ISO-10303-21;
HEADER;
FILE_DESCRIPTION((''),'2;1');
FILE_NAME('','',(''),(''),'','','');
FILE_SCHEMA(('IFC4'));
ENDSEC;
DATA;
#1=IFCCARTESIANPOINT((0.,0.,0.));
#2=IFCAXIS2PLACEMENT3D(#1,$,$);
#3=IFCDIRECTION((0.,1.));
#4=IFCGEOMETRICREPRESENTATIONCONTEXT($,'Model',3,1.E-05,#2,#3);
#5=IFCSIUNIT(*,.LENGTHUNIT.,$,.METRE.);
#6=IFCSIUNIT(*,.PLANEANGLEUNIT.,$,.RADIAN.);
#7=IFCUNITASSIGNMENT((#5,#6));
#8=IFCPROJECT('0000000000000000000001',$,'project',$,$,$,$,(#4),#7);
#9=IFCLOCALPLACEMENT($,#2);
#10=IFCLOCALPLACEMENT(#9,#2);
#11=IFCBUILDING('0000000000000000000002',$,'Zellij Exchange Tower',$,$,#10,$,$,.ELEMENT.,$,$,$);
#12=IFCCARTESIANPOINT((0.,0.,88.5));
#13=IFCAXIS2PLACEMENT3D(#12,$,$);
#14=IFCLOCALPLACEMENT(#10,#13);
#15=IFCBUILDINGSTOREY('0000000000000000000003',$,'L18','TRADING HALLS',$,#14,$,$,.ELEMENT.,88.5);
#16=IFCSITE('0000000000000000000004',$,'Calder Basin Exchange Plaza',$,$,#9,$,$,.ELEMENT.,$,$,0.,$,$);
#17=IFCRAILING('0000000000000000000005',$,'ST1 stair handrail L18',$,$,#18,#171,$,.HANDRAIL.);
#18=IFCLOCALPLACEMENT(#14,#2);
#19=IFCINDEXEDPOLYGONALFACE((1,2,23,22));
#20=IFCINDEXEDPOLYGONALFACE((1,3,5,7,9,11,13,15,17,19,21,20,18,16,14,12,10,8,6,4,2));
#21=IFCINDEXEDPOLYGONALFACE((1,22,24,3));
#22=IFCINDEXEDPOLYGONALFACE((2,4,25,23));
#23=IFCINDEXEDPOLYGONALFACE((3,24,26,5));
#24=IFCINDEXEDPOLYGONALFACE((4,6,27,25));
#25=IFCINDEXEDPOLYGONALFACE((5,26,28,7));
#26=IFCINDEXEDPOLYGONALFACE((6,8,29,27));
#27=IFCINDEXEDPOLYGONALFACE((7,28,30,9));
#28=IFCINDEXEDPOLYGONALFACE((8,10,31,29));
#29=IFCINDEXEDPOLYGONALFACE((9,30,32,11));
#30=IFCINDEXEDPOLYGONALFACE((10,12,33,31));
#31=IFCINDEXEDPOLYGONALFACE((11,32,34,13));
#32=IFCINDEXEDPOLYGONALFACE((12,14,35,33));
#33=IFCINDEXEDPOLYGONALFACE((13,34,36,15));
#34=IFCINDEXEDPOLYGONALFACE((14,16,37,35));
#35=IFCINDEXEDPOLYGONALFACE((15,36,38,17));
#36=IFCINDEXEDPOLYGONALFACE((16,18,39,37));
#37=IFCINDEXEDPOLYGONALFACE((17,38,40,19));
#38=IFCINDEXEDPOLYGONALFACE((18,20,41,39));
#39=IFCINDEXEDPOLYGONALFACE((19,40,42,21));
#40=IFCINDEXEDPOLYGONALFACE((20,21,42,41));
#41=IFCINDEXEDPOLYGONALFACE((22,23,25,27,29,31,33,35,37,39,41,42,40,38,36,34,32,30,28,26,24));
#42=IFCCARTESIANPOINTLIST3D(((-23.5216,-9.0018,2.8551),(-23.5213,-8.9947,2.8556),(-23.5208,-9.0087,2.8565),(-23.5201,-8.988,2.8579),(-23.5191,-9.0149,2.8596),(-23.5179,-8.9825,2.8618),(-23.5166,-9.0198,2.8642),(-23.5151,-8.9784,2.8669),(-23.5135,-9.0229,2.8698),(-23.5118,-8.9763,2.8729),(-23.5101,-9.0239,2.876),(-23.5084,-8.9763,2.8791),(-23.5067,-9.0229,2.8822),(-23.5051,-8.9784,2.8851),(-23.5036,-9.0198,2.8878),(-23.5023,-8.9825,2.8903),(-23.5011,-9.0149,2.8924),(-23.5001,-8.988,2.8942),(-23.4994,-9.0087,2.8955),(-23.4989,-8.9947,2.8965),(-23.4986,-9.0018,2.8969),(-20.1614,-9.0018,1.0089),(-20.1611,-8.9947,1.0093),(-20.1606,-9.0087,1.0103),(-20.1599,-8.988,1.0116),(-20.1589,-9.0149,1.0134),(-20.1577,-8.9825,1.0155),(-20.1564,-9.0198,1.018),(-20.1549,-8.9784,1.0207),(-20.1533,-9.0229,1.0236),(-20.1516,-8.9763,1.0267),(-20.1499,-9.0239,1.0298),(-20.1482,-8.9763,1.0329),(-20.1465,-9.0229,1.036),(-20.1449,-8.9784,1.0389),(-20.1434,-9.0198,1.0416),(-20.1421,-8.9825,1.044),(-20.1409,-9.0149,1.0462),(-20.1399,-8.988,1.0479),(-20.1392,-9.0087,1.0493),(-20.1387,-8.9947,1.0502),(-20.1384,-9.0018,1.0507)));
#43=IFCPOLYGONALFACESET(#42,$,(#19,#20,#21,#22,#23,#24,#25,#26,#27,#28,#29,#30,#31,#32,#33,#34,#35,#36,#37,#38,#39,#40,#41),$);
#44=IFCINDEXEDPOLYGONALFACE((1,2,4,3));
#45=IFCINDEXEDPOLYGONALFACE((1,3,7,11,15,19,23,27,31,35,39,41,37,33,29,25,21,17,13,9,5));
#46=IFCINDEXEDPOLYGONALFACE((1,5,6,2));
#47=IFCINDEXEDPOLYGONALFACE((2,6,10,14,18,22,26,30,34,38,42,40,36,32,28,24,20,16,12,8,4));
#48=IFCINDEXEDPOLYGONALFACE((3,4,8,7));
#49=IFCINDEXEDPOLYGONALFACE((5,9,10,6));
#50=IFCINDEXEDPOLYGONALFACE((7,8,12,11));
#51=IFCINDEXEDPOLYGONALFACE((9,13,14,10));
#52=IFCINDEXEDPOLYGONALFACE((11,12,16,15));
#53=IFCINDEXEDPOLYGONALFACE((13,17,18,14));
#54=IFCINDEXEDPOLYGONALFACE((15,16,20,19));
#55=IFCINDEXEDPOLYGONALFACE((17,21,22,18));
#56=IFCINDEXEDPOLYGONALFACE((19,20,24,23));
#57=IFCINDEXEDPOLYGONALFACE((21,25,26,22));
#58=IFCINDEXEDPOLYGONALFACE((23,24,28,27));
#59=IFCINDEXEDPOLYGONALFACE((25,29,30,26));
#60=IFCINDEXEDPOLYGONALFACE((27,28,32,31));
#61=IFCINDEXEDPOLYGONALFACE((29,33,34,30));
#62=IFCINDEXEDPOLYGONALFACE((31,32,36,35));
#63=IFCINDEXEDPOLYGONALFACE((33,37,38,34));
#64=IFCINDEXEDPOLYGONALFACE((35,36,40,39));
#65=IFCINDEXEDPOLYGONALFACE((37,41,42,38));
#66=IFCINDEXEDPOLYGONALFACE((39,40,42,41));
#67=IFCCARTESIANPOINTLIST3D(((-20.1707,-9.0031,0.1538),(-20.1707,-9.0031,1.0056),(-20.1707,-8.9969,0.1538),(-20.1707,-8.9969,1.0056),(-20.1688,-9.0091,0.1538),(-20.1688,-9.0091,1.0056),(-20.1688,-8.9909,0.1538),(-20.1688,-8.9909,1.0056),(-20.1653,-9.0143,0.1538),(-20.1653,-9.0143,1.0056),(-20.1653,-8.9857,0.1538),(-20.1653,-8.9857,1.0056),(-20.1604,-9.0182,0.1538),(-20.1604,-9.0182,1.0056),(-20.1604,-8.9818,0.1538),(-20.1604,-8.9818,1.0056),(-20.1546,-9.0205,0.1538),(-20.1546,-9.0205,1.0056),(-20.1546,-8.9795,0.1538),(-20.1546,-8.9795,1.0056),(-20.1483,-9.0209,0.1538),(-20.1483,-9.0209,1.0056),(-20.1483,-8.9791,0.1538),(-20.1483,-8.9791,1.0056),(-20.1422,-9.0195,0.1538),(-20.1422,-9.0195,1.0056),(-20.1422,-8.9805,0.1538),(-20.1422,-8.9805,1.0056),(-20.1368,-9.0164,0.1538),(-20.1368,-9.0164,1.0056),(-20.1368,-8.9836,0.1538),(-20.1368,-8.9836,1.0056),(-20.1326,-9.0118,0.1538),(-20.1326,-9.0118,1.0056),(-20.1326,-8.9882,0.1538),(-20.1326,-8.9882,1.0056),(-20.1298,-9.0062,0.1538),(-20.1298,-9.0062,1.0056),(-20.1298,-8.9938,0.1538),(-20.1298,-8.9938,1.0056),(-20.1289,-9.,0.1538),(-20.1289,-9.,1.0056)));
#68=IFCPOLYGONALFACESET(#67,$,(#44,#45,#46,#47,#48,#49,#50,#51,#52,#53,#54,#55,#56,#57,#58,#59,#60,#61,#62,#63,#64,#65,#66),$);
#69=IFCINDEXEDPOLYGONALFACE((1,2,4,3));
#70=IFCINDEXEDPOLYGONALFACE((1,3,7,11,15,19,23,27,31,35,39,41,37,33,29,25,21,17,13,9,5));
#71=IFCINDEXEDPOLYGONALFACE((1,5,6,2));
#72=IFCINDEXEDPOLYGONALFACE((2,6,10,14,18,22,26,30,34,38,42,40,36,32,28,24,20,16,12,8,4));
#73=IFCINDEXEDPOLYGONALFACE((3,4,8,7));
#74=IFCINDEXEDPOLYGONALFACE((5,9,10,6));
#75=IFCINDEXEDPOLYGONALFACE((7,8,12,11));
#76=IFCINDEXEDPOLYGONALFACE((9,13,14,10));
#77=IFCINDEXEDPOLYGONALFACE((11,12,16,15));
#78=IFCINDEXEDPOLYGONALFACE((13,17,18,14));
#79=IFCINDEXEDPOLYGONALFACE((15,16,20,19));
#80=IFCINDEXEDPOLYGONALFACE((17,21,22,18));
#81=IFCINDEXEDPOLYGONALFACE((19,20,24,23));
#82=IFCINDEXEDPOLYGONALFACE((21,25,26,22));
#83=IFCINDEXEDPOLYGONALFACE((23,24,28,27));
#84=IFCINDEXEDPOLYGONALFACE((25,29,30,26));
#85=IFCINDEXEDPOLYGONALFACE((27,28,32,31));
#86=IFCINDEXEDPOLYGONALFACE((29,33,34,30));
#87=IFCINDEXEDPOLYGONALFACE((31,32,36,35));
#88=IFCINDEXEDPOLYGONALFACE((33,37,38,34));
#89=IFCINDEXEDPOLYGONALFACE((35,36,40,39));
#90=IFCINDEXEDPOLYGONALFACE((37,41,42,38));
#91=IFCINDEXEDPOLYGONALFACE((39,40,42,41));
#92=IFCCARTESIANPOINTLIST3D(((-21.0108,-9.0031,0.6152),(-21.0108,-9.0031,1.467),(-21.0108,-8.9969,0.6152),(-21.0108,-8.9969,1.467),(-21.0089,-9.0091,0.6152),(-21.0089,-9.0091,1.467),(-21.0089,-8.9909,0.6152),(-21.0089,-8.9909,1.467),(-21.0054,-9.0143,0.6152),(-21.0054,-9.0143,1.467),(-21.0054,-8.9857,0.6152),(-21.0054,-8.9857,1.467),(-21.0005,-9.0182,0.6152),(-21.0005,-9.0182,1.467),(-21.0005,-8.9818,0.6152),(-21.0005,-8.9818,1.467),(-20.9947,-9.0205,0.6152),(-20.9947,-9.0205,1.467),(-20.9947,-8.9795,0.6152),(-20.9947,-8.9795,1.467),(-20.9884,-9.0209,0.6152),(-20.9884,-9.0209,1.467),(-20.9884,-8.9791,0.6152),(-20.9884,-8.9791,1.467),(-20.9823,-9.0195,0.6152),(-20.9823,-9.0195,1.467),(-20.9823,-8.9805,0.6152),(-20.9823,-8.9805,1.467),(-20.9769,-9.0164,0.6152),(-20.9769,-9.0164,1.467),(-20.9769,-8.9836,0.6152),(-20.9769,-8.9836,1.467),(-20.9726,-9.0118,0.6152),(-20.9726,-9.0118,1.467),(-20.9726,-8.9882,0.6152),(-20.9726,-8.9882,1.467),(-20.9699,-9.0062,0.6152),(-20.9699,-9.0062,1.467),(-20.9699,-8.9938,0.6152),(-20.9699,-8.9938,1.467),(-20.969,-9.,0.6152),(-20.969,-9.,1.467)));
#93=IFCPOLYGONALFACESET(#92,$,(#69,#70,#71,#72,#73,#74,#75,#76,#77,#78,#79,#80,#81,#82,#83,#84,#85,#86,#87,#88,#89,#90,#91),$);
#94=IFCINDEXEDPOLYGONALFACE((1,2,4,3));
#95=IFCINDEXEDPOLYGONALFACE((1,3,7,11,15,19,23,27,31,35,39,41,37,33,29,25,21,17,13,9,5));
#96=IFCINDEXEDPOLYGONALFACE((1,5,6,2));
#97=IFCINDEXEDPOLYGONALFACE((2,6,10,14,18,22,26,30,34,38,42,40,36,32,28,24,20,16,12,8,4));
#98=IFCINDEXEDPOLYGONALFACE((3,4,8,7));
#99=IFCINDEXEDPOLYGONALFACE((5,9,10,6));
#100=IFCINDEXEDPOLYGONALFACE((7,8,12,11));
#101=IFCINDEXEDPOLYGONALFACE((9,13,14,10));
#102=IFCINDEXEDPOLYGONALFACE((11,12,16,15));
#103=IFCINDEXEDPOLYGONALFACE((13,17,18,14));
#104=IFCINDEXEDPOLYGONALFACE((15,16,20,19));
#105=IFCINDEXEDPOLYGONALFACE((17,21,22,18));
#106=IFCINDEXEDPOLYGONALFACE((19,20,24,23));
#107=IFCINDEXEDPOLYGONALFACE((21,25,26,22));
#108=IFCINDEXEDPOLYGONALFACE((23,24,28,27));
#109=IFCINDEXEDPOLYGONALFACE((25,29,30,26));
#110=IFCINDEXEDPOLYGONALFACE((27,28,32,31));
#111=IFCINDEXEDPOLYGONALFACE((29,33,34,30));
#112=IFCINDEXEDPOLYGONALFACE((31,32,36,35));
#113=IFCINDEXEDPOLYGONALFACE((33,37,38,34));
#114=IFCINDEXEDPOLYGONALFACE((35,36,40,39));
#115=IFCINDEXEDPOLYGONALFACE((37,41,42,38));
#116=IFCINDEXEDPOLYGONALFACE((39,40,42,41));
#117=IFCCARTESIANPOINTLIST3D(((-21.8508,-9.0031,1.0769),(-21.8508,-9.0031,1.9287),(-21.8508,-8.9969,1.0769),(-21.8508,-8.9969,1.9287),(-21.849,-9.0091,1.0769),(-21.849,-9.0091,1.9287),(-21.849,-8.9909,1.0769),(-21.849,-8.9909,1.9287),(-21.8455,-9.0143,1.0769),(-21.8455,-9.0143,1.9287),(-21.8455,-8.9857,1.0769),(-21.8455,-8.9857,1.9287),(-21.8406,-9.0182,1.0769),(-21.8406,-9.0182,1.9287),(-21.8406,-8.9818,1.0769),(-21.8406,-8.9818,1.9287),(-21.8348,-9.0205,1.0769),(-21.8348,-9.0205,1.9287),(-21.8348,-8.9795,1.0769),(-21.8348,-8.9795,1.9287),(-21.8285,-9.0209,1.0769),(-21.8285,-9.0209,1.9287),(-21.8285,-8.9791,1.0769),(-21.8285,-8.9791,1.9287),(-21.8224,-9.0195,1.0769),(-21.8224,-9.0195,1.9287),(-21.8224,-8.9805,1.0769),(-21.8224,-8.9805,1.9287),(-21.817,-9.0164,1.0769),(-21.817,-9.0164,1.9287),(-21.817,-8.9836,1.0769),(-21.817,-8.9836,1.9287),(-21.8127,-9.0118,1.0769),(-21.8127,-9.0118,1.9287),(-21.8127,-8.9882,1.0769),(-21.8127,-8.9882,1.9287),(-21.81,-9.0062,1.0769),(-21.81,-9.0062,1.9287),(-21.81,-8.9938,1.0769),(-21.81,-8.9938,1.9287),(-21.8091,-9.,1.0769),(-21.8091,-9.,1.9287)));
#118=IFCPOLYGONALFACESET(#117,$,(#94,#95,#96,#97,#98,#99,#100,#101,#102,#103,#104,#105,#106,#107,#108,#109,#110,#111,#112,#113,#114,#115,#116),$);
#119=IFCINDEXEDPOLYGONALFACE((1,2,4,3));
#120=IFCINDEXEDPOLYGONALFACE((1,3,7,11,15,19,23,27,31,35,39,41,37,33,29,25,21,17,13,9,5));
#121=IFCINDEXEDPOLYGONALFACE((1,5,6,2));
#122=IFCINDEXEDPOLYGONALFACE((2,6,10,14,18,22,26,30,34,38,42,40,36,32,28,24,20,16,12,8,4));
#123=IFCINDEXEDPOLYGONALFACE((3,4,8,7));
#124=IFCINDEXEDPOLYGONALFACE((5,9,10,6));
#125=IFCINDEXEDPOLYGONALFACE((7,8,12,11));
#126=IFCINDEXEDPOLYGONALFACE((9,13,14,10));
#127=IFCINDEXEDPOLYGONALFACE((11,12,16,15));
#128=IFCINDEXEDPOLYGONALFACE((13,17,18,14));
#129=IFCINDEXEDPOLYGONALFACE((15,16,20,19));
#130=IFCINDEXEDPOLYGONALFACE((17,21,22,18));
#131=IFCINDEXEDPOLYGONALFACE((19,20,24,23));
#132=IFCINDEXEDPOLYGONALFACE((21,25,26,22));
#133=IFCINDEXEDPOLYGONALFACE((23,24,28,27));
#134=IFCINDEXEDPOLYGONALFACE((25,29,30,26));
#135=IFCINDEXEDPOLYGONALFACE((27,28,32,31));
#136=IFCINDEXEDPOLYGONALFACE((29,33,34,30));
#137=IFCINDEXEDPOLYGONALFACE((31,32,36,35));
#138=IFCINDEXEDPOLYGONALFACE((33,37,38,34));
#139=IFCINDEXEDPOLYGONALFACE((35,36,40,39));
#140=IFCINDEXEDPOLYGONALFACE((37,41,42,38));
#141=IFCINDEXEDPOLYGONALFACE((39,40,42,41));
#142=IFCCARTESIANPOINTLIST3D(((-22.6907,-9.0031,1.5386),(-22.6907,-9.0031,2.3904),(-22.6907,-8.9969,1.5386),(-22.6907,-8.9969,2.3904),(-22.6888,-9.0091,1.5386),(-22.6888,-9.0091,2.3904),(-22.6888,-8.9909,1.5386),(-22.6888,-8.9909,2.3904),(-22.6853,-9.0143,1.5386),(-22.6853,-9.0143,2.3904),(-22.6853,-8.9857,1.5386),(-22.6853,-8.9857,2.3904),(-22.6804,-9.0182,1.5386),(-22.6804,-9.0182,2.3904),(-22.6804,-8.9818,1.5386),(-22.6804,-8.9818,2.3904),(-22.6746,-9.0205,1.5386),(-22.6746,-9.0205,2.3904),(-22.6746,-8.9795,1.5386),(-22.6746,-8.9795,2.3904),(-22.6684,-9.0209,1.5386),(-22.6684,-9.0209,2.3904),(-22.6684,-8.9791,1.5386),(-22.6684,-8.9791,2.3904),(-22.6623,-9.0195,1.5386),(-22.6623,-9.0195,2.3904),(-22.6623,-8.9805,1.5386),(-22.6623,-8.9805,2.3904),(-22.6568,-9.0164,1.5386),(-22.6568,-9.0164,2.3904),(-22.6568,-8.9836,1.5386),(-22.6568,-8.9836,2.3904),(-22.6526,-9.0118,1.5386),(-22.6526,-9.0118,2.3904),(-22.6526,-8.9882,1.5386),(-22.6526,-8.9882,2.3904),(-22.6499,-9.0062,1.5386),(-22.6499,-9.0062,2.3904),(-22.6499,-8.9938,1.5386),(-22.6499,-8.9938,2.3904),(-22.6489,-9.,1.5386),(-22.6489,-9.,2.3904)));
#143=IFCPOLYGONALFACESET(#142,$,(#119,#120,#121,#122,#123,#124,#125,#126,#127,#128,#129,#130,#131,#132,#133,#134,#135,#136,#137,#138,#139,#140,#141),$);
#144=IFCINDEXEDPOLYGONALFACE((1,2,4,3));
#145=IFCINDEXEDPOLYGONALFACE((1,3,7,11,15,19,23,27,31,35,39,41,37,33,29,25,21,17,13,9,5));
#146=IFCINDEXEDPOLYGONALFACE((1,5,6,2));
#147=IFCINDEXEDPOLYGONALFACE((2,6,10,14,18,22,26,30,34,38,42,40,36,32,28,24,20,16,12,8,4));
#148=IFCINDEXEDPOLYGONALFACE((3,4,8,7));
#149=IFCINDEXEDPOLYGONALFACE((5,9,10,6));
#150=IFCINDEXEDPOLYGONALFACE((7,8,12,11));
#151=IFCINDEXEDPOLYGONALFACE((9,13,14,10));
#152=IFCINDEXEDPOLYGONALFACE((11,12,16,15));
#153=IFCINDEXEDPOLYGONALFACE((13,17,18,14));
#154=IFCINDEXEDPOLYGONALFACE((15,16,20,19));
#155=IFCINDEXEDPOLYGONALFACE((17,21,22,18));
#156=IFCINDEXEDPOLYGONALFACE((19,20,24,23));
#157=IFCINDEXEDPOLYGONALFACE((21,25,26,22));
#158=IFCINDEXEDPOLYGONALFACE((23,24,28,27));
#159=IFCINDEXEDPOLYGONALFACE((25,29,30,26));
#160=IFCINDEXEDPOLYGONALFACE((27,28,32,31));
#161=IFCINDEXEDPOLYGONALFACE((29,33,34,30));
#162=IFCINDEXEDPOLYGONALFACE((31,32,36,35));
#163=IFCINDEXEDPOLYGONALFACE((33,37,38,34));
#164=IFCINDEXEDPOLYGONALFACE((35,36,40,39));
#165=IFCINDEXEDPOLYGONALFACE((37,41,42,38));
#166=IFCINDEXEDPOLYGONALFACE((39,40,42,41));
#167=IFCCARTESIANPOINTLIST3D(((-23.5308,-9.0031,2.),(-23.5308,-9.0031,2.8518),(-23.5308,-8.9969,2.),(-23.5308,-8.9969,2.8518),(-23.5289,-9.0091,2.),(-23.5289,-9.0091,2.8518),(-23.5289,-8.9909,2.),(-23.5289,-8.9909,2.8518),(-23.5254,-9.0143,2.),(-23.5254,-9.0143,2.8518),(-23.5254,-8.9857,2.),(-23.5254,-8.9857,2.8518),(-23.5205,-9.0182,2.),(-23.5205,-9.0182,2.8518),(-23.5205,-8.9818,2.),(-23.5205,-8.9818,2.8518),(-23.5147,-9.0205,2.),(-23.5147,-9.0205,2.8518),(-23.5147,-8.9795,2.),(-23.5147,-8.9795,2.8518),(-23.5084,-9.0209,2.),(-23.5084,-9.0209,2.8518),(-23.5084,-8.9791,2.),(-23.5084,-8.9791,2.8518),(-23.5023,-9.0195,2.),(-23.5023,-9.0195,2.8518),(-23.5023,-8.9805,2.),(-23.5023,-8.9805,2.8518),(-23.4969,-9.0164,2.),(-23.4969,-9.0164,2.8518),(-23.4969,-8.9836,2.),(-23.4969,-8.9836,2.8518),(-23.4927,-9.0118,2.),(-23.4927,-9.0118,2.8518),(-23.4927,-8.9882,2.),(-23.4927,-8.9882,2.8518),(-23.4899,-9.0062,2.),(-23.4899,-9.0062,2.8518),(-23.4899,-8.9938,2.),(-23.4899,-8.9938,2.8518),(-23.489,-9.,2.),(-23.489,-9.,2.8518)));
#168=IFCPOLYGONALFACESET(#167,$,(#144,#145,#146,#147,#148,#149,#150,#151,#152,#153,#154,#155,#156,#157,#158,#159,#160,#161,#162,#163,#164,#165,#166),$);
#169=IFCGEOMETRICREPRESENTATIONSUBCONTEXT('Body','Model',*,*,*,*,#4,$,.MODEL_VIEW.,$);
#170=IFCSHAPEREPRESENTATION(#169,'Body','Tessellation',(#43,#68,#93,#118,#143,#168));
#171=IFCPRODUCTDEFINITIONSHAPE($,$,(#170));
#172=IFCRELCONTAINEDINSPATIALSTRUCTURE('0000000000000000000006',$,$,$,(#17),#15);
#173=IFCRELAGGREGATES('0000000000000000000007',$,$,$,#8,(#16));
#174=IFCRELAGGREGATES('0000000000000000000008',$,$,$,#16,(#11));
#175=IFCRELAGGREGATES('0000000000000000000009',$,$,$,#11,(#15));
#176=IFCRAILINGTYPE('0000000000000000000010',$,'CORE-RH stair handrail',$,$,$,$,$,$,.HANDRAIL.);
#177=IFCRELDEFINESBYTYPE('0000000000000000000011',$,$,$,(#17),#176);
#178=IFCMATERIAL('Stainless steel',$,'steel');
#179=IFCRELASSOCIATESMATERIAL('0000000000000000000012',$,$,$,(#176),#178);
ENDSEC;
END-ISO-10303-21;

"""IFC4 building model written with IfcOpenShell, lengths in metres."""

from ifc_helpers import new_model, si_unit, direction, frame, origin, origin_2d, place, context, subcontext, project, spatial, circle, extrude, material, type_object, element, save


model = new_model("IFC4")

# Units and contexts
model_context = context("Model", 3, precision=1e-05, world=origin(), true_north=direction((0.0, 1.0)))
body_context = subcontext(model_context, "Body", "Model", "MODEL_VIEW")
ifc_project = project(units=[si_unit("LENGTHUNIT", "METRE"), si_unit("PLANEANGLEUNIT", "RADIAN")], contexts=[model_context])

# Site, building, storey
site_placement = place(None, origin())
site = spatial("IfcSite", under=ifc_project, at=site_placement, Name="Calder Basin Exchange Plaza", CompositionType="ELEMENT", RefElevation=0.0)
building_placement = place(site_placement, origin())
building = spatial("IfcBuilding", under=site, at=building_placement, Name="Zellij Exchange Tower", CompositionType="ELEMENT")
storey_placement = place(building_placement, frame((0.0, 0.0, 88.5)))
storey = spatial("IfcBuildingStorey", under=building, at=storey_placement, Name="L18", Description="TRADING HALLS", CompositionType="ELEMENT", Elevation=88.5)

# Railing
ifc_material_1 = material(Name="Stainless steel", Category="steel")
railing_type_1 = type_object("IfcRailingType", Name="CORE-RH stair handrail", PredefinedType="HANDRAIL", material=ifc_material_1)
railing_1_placement = place(storey_placement, frame((-20.1499, -9.0, 0.1538)))
element("IfcRailing", 1, at=railing_1_placement, inside=storey, type_object=railing_type_1, Name="ST1 stair handrail L18", PredefinedType="HANDRAIL", context=body_context, shape_type="SweptSolid", body=[
    extrude(circle(Radius=0.0239, at=origin_2d()), frame((0.0, 0.0, 0.876), z_axis=(-0.876422, 0.0, 0.481545), x_axis=(0.0, -1.0, 0.0)), (0.0, 0.0, 1.0), 3.834),
    extrude(circle(Radius=0.021, at=origin_2d()), origin(), (0.0, 0.0, 1.0), 0.8518),
    extrude(circle(Radius=0.021, at=origin_2d()), frame((-0.8401, 0.0, 0.4614)), (0.0, 0.0, 1.0), 0.8518),
    extrude(circle(Radius=0.021, at=origin_2d()), frame((-1.6802, 0.0, 0.9231)), (0.0, 0.0, 1.0), 0.8518),
    extrude(circle(Radius=0.021, at=origin_2d()), frame((-2.52, 0.0, 1.3848)), (0.0, 0.0, 1.0), 0.8518),
    extrude(circle(Radius=0.021, at=origin_2d()), frame((-3.3601, 0.0, 1.8462)), (0.0, 0.0, 1.0), 0.8518),
])

save(model, "model.ifc")
